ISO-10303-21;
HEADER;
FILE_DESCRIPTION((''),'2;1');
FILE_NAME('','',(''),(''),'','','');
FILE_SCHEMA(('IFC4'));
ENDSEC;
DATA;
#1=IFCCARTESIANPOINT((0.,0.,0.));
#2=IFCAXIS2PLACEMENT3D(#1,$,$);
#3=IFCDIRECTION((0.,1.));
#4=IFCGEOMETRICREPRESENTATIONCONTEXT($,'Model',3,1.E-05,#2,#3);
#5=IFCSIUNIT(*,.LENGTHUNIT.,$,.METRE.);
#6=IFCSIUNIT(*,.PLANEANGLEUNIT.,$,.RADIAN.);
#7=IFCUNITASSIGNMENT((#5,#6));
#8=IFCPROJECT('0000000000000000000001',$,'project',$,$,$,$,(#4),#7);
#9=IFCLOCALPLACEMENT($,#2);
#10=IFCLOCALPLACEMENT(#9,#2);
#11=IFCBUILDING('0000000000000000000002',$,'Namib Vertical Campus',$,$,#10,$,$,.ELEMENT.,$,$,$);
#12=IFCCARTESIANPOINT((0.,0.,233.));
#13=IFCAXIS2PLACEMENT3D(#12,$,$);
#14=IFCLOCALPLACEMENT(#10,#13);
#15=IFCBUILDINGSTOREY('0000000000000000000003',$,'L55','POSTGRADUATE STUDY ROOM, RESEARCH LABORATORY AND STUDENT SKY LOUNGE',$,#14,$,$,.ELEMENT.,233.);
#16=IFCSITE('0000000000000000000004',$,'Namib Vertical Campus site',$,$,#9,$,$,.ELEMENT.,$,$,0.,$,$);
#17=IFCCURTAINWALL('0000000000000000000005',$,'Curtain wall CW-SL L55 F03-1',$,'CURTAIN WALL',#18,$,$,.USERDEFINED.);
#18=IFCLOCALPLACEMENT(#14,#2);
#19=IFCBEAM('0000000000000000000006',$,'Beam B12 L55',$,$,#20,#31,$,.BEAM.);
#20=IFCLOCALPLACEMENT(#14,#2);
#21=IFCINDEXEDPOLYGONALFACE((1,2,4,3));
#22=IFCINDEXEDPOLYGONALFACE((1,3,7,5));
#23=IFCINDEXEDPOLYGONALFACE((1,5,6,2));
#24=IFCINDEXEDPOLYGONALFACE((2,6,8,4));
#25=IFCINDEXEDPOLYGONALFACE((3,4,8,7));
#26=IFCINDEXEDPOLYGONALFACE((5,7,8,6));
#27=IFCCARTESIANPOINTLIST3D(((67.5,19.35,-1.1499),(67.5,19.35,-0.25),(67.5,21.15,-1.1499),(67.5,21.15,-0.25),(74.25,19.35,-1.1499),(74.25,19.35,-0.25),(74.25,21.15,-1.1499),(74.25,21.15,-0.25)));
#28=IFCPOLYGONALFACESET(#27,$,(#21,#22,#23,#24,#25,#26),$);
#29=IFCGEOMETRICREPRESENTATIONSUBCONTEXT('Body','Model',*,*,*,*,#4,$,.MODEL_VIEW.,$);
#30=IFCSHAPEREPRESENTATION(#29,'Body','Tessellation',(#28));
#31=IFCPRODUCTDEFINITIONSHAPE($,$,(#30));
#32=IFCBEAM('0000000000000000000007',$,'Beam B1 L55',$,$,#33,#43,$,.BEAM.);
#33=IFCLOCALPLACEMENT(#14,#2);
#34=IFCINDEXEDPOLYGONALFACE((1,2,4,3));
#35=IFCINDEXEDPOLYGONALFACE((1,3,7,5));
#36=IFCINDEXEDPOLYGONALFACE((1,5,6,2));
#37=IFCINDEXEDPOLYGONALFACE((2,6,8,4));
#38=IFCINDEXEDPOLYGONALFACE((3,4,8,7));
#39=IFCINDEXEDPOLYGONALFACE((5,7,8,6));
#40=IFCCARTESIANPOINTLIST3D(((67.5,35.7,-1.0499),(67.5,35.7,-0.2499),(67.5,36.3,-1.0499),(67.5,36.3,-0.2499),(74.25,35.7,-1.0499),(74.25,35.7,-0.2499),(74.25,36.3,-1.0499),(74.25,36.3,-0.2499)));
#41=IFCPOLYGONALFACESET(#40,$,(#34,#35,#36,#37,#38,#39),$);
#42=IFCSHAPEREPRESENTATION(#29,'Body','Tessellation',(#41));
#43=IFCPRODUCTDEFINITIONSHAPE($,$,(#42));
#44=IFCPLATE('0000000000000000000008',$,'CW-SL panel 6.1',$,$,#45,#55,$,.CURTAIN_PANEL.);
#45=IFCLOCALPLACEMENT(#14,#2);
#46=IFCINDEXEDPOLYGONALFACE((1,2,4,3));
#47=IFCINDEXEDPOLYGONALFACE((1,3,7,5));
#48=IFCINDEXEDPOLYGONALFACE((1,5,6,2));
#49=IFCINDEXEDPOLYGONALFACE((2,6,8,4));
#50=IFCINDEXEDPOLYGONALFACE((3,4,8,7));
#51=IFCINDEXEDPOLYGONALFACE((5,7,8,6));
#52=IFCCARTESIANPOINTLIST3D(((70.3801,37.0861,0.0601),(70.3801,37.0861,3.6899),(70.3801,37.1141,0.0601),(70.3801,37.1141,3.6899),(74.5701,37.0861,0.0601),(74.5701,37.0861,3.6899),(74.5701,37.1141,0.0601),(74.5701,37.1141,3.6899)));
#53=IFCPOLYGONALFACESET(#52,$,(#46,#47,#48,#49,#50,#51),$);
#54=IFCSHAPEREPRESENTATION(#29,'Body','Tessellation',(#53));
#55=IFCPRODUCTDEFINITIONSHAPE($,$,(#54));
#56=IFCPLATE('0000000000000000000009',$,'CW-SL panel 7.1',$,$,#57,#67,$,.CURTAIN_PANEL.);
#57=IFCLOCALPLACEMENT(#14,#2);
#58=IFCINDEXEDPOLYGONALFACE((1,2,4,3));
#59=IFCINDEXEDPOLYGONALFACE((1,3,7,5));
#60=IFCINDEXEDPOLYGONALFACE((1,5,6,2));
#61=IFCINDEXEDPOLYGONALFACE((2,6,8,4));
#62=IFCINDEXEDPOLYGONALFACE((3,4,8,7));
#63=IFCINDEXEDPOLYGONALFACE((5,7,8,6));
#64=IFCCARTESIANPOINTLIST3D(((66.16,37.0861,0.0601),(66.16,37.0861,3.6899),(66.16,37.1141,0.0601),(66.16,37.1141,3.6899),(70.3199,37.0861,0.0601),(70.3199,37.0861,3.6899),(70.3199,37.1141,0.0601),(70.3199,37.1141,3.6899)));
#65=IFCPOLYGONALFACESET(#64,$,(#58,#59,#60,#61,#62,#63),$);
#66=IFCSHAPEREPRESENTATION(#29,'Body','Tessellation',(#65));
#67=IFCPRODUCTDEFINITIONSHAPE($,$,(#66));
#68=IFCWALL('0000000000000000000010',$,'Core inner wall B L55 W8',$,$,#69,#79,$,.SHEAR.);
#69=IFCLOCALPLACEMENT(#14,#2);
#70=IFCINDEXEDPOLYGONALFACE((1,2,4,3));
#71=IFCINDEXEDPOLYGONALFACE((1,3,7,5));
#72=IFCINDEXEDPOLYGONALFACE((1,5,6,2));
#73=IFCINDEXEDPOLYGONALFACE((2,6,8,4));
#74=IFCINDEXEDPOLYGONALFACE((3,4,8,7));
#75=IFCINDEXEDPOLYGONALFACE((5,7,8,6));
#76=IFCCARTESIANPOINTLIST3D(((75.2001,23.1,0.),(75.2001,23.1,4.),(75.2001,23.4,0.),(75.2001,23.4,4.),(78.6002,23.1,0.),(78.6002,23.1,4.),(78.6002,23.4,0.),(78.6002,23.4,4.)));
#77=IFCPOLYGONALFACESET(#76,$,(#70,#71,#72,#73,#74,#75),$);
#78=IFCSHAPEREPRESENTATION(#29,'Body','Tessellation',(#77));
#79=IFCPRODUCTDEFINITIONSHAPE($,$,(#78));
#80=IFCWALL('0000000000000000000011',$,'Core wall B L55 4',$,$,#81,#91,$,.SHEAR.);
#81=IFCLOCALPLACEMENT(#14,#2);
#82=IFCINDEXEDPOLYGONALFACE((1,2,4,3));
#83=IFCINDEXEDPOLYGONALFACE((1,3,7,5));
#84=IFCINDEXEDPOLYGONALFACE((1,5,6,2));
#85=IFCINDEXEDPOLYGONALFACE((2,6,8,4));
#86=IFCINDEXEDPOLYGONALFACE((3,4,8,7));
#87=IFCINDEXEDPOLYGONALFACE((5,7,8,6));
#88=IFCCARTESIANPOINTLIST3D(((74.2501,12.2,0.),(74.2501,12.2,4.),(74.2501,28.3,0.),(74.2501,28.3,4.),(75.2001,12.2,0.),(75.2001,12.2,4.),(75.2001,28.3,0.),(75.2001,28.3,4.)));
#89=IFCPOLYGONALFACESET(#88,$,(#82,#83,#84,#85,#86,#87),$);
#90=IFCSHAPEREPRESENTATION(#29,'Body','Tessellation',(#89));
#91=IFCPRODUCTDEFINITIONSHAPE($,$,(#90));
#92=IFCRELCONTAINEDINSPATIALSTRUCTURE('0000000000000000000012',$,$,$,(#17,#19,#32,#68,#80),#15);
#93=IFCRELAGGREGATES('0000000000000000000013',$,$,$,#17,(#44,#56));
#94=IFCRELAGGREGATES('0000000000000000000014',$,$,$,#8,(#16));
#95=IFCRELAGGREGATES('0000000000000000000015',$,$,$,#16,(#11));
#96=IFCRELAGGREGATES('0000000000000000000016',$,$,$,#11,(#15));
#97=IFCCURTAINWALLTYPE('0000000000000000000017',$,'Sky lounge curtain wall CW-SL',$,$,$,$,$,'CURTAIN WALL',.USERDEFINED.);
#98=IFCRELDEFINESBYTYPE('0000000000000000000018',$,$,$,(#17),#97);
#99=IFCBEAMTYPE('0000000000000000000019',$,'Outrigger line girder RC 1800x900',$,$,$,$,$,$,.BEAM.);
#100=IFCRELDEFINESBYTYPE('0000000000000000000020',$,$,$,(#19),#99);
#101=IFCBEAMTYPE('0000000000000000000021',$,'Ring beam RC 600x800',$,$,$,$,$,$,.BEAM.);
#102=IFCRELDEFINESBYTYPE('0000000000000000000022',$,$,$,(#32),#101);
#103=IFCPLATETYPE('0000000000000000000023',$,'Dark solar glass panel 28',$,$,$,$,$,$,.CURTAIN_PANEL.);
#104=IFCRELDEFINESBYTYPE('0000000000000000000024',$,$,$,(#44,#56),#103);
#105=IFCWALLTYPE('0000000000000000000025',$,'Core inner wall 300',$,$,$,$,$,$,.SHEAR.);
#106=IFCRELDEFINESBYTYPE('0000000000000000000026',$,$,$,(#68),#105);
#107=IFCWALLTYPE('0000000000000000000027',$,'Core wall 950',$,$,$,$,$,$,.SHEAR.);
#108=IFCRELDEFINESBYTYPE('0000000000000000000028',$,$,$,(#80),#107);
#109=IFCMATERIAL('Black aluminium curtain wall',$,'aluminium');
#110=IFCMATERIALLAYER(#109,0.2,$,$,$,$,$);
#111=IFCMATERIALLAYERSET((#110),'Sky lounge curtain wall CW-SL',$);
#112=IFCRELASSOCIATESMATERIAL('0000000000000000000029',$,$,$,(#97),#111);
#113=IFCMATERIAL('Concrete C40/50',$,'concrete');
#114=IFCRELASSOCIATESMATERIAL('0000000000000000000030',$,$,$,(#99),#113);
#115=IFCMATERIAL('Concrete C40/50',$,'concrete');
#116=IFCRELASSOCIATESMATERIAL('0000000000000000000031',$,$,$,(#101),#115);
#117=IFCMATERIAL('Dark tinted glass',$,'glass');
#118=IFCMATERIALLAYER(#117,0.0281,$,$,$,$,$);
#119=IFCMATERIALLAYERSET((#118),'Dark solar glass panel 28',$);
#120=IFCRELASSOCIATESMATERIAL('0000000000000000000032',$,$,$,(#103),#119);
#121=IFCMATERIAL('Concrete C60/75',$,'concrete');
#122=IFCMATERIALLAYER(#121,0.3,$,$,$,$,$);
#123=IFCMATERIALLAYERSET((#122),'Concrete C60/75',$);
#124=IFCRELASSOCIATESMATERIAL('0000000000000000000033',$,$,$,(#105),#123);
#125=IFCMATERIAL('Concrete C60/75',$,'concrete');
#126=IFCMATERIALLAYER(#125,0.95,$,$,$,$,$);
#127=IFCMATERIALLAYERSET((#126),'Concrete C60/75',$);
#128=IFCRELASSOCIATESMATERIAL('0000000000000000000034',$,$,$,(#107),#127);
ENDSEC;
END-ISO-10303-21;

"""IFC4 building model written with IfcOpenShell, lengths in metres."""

from ifc_helpers import new_model, si_unit, direction, frame, frame_2d, origin, origin_2d, place, context, subcontext, project, spatial, rectangle, extrude, material, layer, layer_set, material_profile, profile_set, type_object, element, aggregate, save


model = new_model("IFC4")

# Units and contexts
model_context = context("Model", 3, precision=1e-05, world=origin(), true_north=direction((0.0, 1.0)))
body_context = subcontext(model_context, "Body", "Model", "MODEL_VIEW")
ifc_project = project(units=[si_unit("LENGTHUNIT", "METRE"), si_unit("PLANEANGLEUNIT", "RADIAN")], contexts=[model_context])

# Site, building, storey
site_placement = place(None, origin())
site = spatial("IfcSite", under=ifc_project, at=site_placement, Name="Namib Vertical Campus site", CompositionType="ELEMENT", RefElevation=0.0)
building_placement = place(site_placement, origin())
building = spatial("IfcBuilding", under=site, at=building_placement, Name="Namib Vertical Campus", CompositionType="ELEMENT")
storey_placement = place(building_placement, frame((0.0, 0.0, 233.0)))
storey = spatial("IfcBuildingStorey", under=building, at=storey_placement, Name="L55", Description="POSTGRADUATE STUDY ROOM, RESEARCH LABORATORY AND STUDENT SKY LOUNGE", CompositionType="ELEMENT", Elevation=233.0)

# Curtain wall
ifc_material_1 = material(Name="Black aluminium curtain wall", Category="aluminium")
ifc_layer_1 = layer(ifc_material_1, 0.2)
ifc_layer_set_1 = layer_set([ifc_layer_1], Name="Sky lounge curtain wall CW-SL")
curtain_wall_type = type_object("IfcCurtainWallType", Name="Sky lounge curtain wall CW-SL", ElementType="CURTAIN WALL", PredefinedType="USERDEFINED", material=ifc_layer_set_1)
curtain_wall_placement = place(storey_placement, origin())
curtain_wall = element("IfcCurtainWall", 1, at=curtain_wall_placement, inside=storey, type_object=curtain_wall_type, Name="Curtain wall CW-SL L55 F03-1", ObjectType="CURTAIN WALL", PredefinedType="USERDEFINED")

# Beams
ifc_material_2 = material(Name="Concrete C40/50", Category="concrete")
ifc_material_profile_1 = material_profile(ifc_material_2, rectangle(XDim=1.8, YDim=0.8999, at=origin_2d()))
ifc_profile_set_1 = profile_set([ifc_material_profile_1], Name="Concrete C40/50")
beam_type_1 = type_object("IfcBeamType", Name="Outrigger line girder RC 1800x900", PredefinedType="BEAM", material=ifc_profile_set_1)
for number, where, z_axis, x_axis, name in (
    (2, (67.5, 20.25, -0.7), (1.0, 0.0, 0.0), (0.0, 1.0, 0.0), "Beam B12 L55"),
):
    element("IfcBeam", number, at=place(storey_placement, frame(where, z_axis=z_axis, x_axis=x_axis)), inside=storey, type_object=beam_type_1, Name=name, PredefinedType="BEAM", context=body_context, shape_type="SweptSolid", body=[
        extrude(rectangle(XDim=1.8, YDim=0.8999, at=origin_2d()), origin(), (0.0, 0.0, 1.0), 6.75),
    ])
ifc_material_3 = material(Name="Concrete C40/50", Category="concrete")
ifc_material_profile_2 = material_profile(ifc_material_3, rectangle(XDim=0.6001, YDim=0.8, at=origin_2d()))
ifc_profile_set_2 = profile_set([ifc_material_profile_2], Name="Concrete C40/50")
beam_type_2 = type_object("IfcBeamType", Name="Ring beam RC 600x800", PredefinedType="BEAM", material=ifc_profile_set_2)
beam_1_placement = place(storey_placement, frame((67.5, 36.0, -0.6499), z_axis=(1.0, 0.0, 0.0), x_axis=(0.0, 1.0, 0.0)))
element("IfcBeam", 3, at=beam_1_placement, inside=storey, type_object=beam_type_2, Name="Beam B1 L55", PredefinedType="BEAM", context=body_context, shape_type="SweptSolid", body=[
    extrude(rectangle(XDim=0.6001, YDim=0.8, at=origin_2d()), origin(), (0.0, 0.0, 1.0), 6.75),
])

# Plates
ifc_material_4 = material(Name="Dark tinted glass", Category="glass")
ifc_layer_2 = layer(ifc_material_4, 0.0281)
ifc_layer_set_2 = layer_set([ifc_layer_2], Name="Dark solar glass panel 28")
plate_type = type_object("IfcPlateType", Name="Dark solar glass panel 28", PredefinedType="CURTAIN_PANEL", material=ifc_layer_set_2)
plate_1_placement = place(storey_placement, frame((72.4751, 37.1001, 0.0601), z_axis=(0.0, 0.0, 1.0), x_axis=(-1.0, 0.0, 0.0)))
plate_1 = element("IfcPlate", 4, at=plate_1_placement, type_object=plate_type, Name="CW-SL panel 6.1", PredefinedType="CURTAIN_PANEL", context=body_context, shape_type="SweptSolid", body=[
    extrude(rectangle(XDim=4.1899, YDim=0.0281, at=origin_2d()), origin(), (0.0, 0.0, 1.0), 3.6299),
])
plate_2_placement = place(storey_placement, frame((68.24, 37.1001, 0.0601), z_axis=(0.0, 0.0, 1.0), x_axis=(-1.0, 0.0, 0.0)))
plate_2 = element("IfcPlate", 5, at=plate_2_placement, type_object=plate_type, Name="CW-SL panel 7.1", PredefinedType="CURTAIN_PANEL", context=body_context, shape_type="SweptSolid", body=[
    extrude(rectangle(XDim=4.1599, YDim=0.0281, at=origin_2d()), origin(), (0.0, 0.0, 1.0), 3.6299),
])
aggregate(curtain_wall, [plate_1, plate_2])

# Walls
ifc_material_5 = material(Name="Concrete C60/75", Category="concrete")
ifc_layer_3 = layer(ifc_material_5, 0.3)
ifc_layer_set_3 = layer_set([ifc_layer_3], Name="Concrete C60/75")
wall_type_1 = type_object("IfcWallType", Name="Core inner wall 300", PredefinedType="SHEAR", material=ifc_layer_set_3)
wall_1_placement = place(storey_placement, frame((75.2, 23.25, 0.0), z_axis=(0.0, 0.0, 1.0), x_axis=(1.0, 0.0, 0.0)))
element("IfcWall", 6, at=wall_1_placement, inside=storey, type_object=wall_type_1, Name="Core inner wall B L55 W8", PredefinedType="SHEAR", context=body_context, shape_type="SweptSolid", body=[
    extrude(rectangle(XDim=3.4001, YDim=0.3, at=frame_2d((1.7002, 0.0))), origin(), (0.0, 0.0, 1.0), 4.0),
])
ifc_material_6 = material(Name="Concrete C60/75", Category="concrete")
ifc_layer_4 = layer(ifc_material_6, 0.95)
ifc_layer_set_4 = layer_set([ifc_layer_4], Name="Concrete C60/75")
wall_type_2 = type_object("IfcWallType", Name="Core wall 950", PredefinedType="SHEAR", material=ifc_layer_set_4)
wall_2_placement = place(storey_placement, frame((74.7251, 28.3, 0.0), z_axis=(0.0, 0.0, 1.0), x_axis=(0.0, -1.0, 0.0)))
element("IfcWall", 7, at=wall_2_placement, inside=storey, type_object=wall_type_2, Name="Core wall B L55 4", PredefinedType="SHEAR", context=body_context, shape_type="SweptSolid", body=[
    extrude(rectangle(XDim=16.1001, YDim=0.95, at=frame_2d((8.05, 0.0))), origin(), (0.0, 0.0, 1.0), 4.0),
])

save(model, "model.ifc")
